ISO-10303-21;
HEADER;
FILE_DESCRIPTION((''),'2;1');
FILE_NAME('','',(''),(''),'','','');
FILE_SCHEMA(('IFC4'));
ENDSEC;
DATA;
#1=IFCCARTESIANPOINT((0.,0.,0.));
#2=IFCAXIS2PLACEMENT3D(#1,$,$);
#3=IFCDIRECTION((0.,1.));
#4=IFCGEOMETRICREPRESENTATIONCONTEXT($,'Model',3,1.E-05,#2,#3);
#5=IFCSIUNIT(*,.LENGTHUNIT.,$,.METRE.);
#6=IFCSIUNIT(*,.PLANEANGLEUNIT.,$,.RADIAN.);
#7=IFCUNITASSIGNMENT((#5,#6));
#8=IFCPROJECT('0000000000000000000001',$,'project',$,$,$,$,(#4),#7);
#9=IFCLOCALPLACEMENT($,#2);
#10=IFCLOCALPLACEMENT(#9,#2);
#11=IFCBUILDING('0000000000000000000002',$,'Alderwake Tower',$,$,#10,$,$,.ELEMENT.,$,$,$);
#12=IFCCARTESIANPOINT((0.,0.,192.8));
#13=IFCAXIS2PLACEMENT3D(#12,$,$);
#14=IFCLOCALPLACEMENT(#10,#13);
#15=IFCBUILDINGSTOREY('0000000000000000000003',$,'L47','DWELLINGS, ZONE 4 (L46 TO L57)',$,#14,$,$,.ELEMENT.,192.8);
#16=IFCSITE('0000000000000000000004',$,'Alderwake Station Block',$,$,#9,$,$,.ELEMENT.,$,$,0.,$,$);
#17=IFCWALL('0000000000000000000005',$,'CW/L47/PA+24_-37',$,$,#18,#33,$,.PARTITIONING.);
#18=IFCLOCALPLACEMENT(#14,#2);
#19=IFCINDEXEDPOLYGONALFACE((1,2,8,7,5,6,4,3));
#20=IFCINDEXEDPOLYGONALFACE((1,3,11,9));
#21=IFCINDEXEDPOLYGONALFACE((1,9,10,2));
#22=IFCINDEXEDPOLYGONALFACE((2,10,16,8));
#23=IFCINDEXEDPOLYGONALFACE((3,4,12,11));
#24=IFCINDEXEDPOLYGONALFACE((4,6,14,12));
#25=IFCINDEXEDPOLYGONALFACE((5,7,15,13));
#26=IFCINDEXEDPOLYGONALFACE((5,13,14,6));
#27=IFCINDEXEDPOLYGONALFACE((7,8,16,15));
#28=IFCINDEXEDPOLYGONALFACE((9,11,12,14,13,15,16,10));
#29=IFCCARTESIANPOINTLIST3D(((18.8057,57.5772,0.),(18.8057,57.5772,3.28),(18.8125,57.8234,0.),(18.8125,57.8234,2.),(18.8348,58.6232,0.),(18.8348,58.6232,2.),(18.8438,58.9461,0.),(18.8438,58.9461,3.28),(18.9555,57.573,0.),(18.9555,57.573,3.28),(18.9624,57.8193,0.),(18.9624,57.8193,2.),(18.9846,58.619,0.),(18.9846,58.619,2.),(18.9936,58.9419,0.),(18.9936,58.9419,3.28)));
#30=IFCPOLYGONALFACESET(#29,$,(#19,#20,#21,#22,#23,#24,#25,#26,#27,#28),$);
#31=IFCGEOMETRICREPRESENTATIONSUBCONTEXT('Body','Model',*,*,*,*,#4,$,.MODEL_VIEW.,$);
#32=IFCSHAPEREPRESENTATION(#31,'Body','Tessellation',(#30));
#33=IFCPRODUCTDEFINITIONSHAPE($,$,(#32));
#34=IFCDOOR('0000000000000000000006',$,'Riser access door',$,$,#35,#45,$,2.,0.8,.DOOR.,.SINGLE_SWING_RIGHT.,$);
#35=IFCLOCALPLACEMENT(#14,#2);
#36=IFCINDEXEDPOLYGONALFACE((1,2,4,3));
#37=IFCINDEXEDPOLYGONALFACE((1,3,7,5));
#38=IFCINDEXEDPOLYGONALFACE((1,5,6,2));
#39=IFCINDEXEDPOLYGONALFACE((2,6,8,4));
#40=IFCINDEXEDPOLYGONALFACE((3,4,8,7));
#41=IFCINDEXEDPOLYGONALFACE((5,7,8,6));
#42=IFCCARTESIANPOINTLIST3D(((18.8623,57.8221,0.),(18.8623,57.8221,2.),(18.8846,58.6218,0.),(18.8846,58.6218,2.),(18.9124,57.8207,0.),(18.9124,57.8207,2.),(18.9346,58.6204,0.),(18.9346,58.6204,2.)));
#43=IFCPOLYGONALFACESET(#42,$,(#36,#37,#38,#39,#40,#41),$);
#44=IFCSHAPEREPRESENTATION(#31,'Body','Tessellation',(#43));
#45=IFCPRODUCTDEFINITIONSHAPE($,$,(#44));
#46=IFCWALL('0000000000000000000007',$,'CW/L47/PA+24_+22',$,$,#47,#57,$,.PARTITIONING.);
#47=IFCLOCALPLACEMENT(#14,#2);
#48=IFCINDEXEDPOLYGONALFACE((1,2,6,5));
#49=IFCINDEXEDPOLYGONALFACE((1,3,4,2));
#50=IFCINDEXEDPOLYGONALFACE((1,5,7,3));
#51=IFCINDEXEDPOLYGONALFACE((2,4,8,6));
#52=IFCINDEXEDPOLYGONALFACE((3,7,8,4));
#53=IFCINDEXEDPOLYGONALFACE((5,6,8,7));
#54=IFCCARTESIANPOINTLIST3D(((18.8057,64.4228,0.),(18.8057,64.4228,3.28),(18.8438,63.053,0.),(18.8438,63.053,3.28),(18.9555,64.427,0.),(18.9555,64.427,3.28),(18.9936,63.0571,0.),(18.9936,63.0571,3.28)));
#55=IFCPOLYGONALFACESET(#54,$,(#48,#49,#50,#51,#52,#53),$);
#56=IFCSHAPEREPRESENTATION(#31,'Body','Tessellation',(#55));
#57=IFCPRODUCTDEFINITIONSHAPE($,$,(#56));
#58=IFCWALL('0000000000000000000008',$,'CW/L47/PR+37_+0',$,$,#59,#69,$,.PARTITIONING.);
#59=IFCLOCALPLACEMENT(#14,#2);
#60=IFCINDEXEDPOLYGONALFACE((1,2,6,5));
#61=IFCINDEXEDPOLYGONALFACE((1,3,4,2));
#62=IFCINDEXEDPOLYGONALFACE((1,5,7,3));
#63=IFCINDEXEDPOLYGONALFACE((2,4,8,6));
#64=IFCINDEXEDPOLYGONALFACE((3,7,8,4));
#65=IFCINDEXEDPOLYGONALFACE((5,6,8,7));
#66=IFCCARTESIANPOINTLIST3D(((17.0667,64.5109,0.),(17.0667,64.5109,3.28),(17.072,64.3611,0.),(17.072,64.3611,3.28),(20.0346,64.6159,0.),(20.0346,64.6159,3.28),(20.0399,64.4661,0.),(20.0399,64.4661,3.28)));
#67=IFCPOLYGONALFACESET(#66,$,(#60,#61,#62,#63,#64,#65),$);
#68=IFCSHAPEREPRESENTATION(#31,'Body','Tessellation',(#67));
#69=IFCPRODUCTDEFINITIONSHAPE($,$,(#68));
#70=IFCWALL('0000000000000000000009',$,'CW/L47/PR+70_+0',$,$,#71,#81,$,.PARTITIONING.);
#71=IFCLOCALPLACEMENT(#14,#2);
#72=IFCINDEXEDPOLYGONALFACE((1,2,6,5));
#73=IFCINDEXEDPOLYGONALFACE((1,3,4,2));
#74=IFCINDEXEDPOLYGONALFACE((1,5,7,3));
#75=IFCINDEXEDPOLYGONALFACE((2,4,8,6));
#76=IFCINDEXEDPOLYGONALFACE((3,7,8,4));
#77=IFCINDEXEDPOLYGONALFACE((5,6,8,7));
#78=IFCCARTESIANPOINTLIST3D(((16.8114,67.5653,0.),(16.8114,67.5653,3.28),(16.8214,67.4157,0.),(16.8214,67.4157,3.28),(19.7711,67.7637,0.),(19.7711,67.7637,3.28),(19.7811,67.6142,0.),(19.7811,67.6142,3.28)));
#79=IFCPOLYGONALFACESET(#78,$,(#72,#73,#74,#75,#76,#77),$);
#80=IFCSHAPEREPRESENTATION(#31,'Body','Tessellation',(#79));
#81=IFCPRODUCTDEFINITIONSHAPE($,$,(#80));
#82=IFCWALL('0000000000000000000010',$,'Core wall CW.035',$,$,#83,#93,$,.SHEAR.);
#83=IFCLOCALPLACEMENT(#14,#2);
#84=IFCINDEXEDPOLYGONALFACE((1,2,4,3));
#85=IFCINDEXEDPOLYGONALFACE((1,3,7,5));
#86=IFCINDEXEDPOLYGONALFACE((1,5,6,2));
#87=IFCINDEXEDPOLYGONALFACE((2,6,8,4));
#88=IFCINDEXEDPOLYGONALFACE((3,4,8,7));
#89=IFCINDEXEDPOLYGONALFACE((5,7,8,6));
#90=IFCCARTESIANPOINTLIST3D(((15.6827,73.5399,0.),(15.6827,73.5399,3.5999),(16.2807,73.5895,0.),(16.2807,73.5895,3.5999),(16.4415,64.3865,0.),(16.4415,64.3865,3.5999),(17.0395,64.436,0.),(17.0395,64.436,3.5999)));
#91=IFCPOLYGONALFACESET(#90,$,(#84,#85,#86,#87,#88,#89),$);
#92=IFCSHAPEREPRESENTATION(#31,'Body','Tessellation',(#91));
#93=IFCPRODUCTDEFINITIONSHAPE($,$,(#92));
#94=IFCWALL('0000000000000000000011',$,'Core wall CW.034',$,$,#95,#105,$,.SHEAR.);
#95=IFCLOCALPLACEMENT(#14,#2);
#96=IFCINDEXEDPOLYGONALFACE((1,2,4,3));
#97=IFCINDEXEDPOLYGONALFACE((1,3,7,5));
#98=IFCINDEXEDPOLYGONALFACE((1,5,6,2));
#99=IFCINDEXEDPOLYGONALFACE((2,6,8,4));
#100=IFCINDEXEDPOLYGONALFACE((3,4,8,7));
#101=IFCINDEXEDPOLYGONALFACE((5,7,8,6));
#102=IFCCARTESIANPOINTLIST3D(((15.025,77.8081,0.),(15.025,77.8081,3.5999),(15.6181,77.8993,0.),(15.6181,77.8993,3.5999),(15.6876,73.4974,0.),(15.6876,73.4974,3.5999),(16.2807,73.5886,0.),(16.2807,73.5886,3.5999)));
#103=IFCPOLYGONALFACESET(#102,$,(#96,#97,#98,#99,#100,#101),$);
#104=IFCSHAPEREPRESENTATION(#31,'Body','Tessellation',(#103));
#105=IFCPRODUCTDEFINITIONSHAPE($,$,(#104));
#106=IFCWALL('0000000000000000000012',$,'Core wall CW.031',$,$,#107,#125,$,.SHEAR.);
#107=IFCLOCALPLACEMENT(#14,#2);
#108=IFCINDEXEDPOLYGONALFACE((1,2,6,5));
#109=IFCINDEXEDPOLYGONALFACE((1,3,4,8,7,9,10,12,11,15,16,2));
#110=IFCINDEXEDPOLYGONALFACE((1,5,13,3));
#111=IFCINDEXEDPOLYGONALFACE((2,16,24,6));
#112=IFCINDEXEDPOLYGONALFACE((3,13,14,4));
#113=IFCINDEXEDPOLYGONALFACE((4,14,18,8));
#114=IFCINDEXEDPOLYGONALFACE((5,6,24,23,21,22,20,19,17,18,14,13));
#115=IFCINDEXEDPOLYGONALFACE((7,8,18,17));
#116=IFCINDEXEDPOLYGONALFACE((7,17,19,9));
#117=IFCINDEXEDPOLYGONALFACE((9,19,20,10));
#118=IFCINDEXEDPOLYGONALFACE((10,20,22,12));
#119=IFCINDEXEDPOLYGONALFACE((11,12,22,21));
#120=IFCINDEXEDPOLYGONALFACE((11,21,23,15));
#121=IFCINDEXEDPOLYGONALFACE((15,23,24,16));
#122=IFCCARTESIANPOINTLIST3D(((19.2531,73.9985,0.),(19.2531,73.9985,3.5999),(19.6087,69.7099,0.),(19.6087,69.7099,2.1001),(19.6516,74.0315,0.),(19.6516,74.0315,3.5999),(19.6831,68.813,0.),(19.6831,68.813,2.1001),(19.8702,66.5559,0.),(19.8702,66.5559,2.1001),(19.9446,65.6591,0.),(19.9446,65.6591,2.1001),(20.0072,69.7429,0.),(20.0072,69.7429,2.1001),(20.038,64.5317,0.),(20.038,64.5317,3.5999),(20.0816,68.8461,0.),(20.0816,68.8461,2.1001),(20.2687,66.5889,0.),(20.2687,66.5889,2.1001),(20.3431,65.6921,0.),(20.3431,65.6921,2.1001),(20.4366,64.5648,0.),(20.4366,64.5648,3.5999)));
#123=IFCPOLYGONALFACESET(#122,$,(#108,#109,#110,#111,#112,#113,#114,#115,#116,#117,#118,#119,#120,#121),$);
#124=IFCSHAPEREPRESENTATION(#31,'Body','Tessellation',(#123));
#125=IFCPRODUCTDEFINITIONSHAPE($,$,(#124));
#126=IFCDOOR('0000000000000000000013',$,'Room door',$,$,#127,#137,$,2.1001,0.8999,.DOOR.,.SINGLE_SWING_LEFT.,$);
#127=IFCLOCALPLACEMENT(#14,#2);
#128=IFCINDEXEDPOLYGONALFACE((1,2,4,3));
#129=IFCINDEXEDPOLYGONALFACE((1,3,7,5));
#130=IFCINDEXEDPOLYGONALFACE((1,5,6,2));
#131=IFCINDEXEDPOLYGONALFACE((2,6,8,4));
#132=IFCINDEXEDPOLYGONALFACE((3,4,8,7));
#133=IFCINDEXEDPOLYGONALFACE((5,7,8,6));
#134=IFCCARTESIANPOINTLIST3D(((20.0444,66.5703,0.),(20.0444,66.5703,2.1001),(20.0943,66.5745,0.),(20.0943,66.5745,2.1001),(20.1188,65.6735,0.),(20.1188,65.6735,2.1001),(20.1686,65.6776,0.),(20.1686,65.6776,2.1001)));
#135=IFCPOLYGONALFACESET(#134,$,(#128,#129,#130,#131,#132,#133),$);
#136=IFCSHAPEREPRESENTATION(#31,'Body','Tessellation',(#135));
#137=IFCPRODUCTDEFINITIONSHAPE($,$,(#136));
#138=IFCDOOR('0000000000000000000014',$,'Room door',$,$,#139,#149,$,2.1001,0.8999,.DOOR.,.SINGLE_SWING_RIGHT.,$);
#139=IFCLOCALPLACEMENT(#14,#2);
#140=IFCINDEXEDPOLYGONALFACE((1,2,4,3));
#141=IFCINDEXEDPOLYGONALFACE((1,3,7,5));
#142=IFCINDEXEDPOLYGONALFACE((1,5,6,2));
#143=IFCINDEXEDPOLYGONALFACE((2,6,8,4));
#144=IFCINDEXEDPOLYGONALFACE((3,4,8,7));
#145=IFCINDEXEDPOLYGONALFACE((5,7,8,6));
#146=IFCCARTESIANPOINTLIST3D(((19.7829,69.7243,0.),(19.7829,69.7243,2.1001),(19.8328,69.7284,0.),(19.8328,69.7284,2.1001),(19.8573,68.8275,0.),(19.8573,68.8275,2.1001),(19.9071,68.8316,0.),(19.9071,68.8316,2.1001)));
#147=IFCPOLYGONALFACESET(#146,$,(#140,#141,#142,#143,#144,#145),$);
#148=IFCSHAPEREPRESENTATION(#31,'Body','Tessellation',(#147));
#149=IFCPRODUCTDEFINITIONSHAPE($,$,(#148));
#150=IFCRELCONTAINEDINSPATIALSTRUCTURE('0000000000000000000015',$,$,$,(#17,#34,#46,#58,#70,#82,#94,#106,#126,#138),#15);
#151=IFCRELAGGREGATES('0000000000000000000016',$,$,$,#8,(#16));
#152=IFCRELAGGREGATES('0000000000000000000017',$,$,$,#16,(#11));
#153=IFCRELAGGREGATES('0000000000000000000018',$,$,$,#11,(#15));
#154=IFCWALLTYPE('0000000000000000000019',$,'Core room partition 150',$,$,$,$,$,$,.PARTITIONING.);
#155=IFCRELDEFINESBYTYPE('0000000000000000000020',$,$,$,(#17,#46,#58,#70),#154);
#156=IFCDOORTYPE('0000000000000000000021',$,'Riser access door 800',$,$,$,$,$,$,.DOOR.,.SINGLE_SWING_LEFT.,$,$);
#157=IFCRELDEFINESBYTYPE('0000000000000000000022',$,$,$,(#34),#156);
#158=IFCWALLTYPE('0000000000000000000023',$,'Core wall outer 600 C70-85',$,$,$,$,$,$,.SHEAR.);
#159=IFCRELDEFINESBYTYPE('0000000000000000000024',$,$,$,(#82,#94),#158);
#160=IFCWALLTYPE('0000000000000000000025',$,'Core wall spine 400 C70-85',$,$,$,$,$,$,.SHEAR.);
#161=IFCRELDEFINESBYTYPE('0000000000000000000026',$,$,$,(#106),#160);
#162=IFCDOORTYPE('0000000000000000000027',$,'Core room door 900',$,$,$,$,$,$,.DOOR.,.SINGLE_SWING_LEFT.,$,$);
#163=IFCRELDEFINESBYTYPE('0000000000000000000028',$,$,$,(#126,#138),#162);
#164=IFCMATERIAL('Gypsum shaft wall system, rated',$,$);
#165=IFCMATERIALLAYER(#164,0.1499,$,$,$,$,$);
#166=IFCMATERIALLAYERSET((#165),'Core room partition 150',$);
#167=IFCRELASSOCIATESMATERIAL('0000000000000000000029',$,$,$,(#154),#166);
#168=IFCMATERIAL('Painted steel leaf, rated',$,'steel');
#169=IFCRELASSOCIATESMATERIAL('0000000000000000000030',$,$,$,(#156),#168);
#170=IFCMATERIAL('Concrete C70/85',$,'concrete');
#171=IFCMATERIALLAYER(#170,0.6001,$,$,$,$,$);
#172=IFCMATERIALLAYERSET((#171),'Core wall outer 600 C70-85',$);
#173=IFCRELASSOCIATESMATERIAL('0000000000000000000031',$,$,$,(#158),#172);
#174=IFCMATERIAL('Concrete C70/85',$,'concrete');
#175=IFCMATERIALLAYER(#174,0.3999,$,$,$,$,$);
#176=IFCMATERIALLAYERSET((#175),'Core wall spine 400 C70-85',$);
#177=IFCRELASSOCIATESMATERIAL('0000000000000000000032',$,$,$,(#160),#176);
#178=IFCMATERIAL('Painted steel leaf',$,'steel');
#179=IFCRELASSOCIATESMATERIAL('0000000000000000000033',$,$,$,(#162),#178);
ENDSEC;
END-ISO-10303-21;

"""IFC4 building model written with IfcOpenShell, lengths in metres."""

from ifc_helpers import new_model, si_unit, direction, frame, frame_2d, origin, place, context, subcontext, project, spatial, rectangle, extrude, material, layer, layer_set, type_object, element, fill, save


model = new_model("IFC4")

# Units and contexts
model_context = context("Model", 3, precision=1e-05, world=origin(), true_north=direction((0.0, 1.0)))
body_context = subcontext(model_context, "Body", "Model", "MODEL_VIEW")
ifc_project = project(units=[si_unit("LENGTHUNIT", "METRE"), si_unit("PLANEANGLEUNIT", "RADIAN")], contexts=[model_context])

# Site, building, storey
site_placement = place(None, origin())
site = spatial("IfcSite", under=ifc_project, at=site_placement, Name="Alderwake Station Block", CompositionType="ELEMENT", RefElevation=0.0)
building_placement = place(site_placement, origin())
building = spatial("IfcBuilding", under=site, at=building_placement, Name="Alderwake Tower", CompositionType="ELEMENT")
storey_placement = place(building_placement, frame((0.0, 0.0, 192.8)))
storey = spatial("IfcBuildingStorey", under=building, at=storey_placement, Name="L47", Description="DWELLINGS, ZONE 4 (L46 TO L57)", CompositionType="ELEMENT", Elevation=192.8)

# Wall, opening, door
ifc_material_1 = material(Name="Gypsum shaft wall system, rated")
ifc_layer_1 = layer(ifc_material_1, 0.1499)
ifc_layer_set_1 = layer_set([ifc_layer_1], Name="Core room partition 150")
wall_type_1 = type_object("IfcWallType", Name="Core room partition 150", PredefinedType="PARTITIONING", material=ifc_layer_set_1)
wall_1_placement = place(storey_placement, frame((18.9187, 58.9438, 0.0), z_axis=(0.0, 0.0, 1.0), x_axis=(-0.027812, -0.999613, 0.0)))
wall_1 = element("IfcWall", 1, at=wall_1_placement, inside=storey, type_object=wall_type_1, Name="CW/L47/PA+24_-37", PredefinedType="PARTITIONING", context=body_context, shape_type="SweptSolid", body=[
    extrude(rectangle(XDim=1.3694, YDim=0.1499, at=frame_2d((0.6846, 0.0))), origin(), (0.0, 0.0, 1.0), 3.28),
])
opening_1_placement = place(wall_1_placement, frame((0.323, 0.0, 0.0)))
opening_1 = element("IfcOpeningElement", 2, at=opening_1_placement, cuts=wall_1, PredefinedType="OPENING", context=body_context, shape_type="SweptSolid", body=[
    extrude(rectangle(XDim=0.8, YDim=2.0, at=frame_2d((0.3999, 1.0))), frame((0.0, 0.085, 0.0), z_axis=(0.0, -1.0, 0.0), x_axis=(1.0, 0.0, 0.0)), (0.0, 0.0, 1.0), 0.1699),
])
ifc_material_2 = material(Name="Painted steel leaf, rated", Category="steel")
door_type_1 = type_object("IfcDoorType", Name="Riser access door 800", OperationType="SINGLE_SWING_LEFT", PredefinedType="DOOR", material=ifc_material_2)
door_1_placement = place(opening_1_placement, origin())
door_1 = element("IfcDoor", 3, at=door_1_placement, inside=storey, type_object=door_type_1, Name="Riser access door", OperationType="SINGLE_SWING_RIGHT", OverallHeight=2.0, OverallWidth=0.8, PredefinedType="DOOR", context=body_context, shape_type="SweptSolid", body=[
    extrude(rectangle(XDim=0.8, YDim=2.0, at=frame_2d((0.3999, 1.0))), frame((0.0, 0.0249, 0.0), z_axis=(0.0, -1.0, 0.0), x_axis=(1.0, 0.0, 0.0)), (0.0, 0.0, 1.0), 0.05),
])
fill(opening_1, door_1)

# Walls
wall_2_placement = place(storey_placement, frame((18.9187, 63.0552, 0.0), z_axis=(0.0, 0.0, 1.0), x_axis=(-0.027792, 0.999614, 0.0)))
element("IfcWall", 4, at=wall_2_placement, inside=storey, type_object=wall_type_1, Name="CW/L47/PA+24_+22", PredefinedType="PARTITIONING", context=body_context, shape_type="SweptSolid", body=[
    extrude(rectangle(XDim=1.3704, YDim=0.1499, at=frame_2d((0.6851, 0.0))), origin(), (0.0, 0.0, 1.0), 3.28),
])
wall_3_placement = place(storey_placement, frame((17.0693, 64.436, 0.0), z_axis=(0.0, 0.0, 1.0), x_axis=(0.999375, 0.035351, 0.0)))
element("IfcWall", 5, at=wall_3_placement, inside=storey, type_object=wall_type_1, Name="CW/L47/PR+37_+0", PredefinedType="PARTITIONING", context=body_context, shape_type="SweptSolid", body=[
    extrude(rectangle(XDim=2.9697, YDim=0.1499, at=frame_2d((1.4849, 0.0))), origin(), (0.0, 0.0, 1.0), 3.28),
])
wall_4_placement = place(storey_placement, frame((16.8164, 67.4905, 0.0), z_axis=(0.0, 0.0, 1.0), x_axis=(0.997759, 0.066912, 0.0)))
element("IfcWall", 6, at=wall_4_placement, inside=storey, type_object=wall_type_1, Name="CW/L47/PR+70_+0", PredefinedType="PARTITIONING", context=body_context, shape_type="SweptSolid", body=[
    extrude(rectangle(XDim=2.9663, YDim=0.1499, at=frame_2d((1.4832, 0.0))), origin(), (0.0, 0.0, 1.0), 3.28),
])
ifc_material_3 = material(Name="Concrete C70/85", Category="concrete")
ifc_layer_2 = layer(ifc_material_3, 0.6001)
ifc_layer_set_2 = layer_set([ifc_layer_2], Name="Core wall outer 600 C70-85")
wall_type_2 = type_object("IfcWallType", Name="Core wall outer 600 C70-85", PredefinedType="SHEAR", material=ifc_layer_set_2)
wall_5_placement = place(storey_placement, frame((16.7405, 64.4114, 0.0), z_axis=(0.0, 0.0, 1.0), x_axis=(-0.082614, 0.996582, 0.0)))
element("IfcWall", 7, at=wall_5_placement, inside=storey, type_object=wall_type_2, Name="Core wall CW.035", PredefinedType="SHEAR", context=body_context, shape_type="SweptSolid", body=[
    extrude(rectangle(XDim=9.1848, YDim=0.6001, at=frame_2d((4.5923, 0.0))), origin(), (0.0, 0.0, 1.0), 3.5999),
])
wall_6_placement = place(storey_placement, frame((15.9841, 73.543, 0.0), z_axis=(0.0, 0.0, 1.0), x_axis=(-0.151923, 0.988392, 0.0)))
element("IfcWall", 8, at=wall_6_placement, inside=storey, type_object=wall_type_2, Name="Core wall CW.034", PredefinedType="SHEAR", context=body_context, shape_type="SweptSolid", body=[
    extrude(rectangle(XDim=4.3613, YDim=0.6001, at=frame_2d((2.1807, 0.0))), origin(), (0.0, 0.0, 1.0), 3.5999),
])

# Wall, openings, doors
ifc_material_4 = material(Name="Concrete C70/85", Category="concrete")
ifc_layer_3 = layer(ifc_material_4, 0.3999)
ifc_layer_set_3 = layer_set([ifc_layer_3], Name="Core wall spine 400 C70-85")
wall_type_3 = type_object("IfcWallType", Name="Core wall spine 400 C70-85", PredefinedType="SHEAR", material=ifc_layer_set_3)
wall_7_placement = place(storey_placement, frame((19.4524, 74.0149, 0.0), z_axis=(0.0, 0.0, 1.0), x_axis=(0.082629, -0.99658, 0.0)))
wall_7 = element("IfcWall", 9, at=wall_7_placement, inside=storey, type_object=wall_type_3, Name="Core wall CW.031", PredefinedType="SHEAR", context=body_context, shape_type="SweptSolid", body=[
    extrude(rectangle(XDim=9.4993, YDim=0.3999, at=frame_2d((4.7495, 0.0))), origin(), (0.0, 0.0, 1.0), 3.5999),
])
opening_2_placement = place(wall_7_placement, frame((7.468, 0.0, 0.0)))
opening_2 = element("IfcOpeningElement", 10, at=opening_2_placement, cuts=wall_7, PredefinedType="OPENING", context=body_context, shape_type="SweptSolid", body=[
    extrude(rectangle(XDim=0.8999, YDim=2.1001, at=frame_2d((0.45, 1.05))), frame((0.0, 0.21, 0.0), z_axis=(0.0, -1.0, 0.0), x_axis=(1.0, 0.0, 0.0)), (0.0, 0.0, 1.0), 0.4199),
])
opening_3_placement = place(wall_7_placement, frame((4.3032, 0.0, 0.0)))
opening_3 = element("IfcOpeningElement", 11, at=opening_3_placement, cuts=wall_7, PredefinedType="OPENING", context=body_context, shape_type="SweptSolid", body=[
    extrude(rectangle(XDim=0.8999, YDim=2.1001, at=frame_2d((0.45, 1.05))), frame((0.0, 0.21, 0.0), z_axis=(0.0, -1.0, 0.0), x_axis=(1.0, 0.0, 0.0)), (0.0, 0.0, 1.0), 0.4199),
])
ifc_material_5 = material(Name="Painted steel leaf", Category="steel")
door_type_2 = type_object("IfcDoorType", Name="Core room door 900", OperationType="SINGLE_SWING_LEFT", PredefinedType="DOOR", material=ifc_material_5)
door_2_placement = place(opening_2_placement, origin())
door_2 = element("IfcDoor", 12, at=door_2_placement, inside=storey, type_object=door_type_2, Name="Room door", OperationType="SINGLE_SWING_LEFT", OverallHeight=2.1001, OverallWidth=0.8999, PredefinedType="DOOR", context=body_context, shape_type="SweptSolid", body=[
    extrude(rectangle(XDim=0.8999, YDim=2.1001, at=frame_2d((0.45, 1.05))), frame((0.0, 0.0249, 0.0), z_axis=(0.0, -1.0, 0.0), x_axis=(1.0, 0.0, 0.0)), (0.0, 0.0, 1.0), 0.05),
])
fill(opening_2, door_2)
door_3_placement = place(opening_3_placement, origin())
door_3 = element("IfcDoor", 13, at=door_3_placement, inside=storey, type_object=door_type_2, Name="Room door", OperationType="SINGLE_SWING_RIGHT", OverallHeight=2.1001, OverallWidth=0.8999, PredefinedType="DOOR", context=body_context, shape_type="SweptSolid", body=[
    extrude(rectangle(XDim=0.8999, YDim=2.1001, at=frame_2d((0.45, 1.05))), frame((0.0, 0.0249, 0.0), z_axis=(0.0, -1.0, 0.0), x_axis=(1.0, 0.0, 0.0)), (0.0, 0.0, 1.0), 0.05),
])
fill(opening_3, door_3)

save(model, "model.ifc")
